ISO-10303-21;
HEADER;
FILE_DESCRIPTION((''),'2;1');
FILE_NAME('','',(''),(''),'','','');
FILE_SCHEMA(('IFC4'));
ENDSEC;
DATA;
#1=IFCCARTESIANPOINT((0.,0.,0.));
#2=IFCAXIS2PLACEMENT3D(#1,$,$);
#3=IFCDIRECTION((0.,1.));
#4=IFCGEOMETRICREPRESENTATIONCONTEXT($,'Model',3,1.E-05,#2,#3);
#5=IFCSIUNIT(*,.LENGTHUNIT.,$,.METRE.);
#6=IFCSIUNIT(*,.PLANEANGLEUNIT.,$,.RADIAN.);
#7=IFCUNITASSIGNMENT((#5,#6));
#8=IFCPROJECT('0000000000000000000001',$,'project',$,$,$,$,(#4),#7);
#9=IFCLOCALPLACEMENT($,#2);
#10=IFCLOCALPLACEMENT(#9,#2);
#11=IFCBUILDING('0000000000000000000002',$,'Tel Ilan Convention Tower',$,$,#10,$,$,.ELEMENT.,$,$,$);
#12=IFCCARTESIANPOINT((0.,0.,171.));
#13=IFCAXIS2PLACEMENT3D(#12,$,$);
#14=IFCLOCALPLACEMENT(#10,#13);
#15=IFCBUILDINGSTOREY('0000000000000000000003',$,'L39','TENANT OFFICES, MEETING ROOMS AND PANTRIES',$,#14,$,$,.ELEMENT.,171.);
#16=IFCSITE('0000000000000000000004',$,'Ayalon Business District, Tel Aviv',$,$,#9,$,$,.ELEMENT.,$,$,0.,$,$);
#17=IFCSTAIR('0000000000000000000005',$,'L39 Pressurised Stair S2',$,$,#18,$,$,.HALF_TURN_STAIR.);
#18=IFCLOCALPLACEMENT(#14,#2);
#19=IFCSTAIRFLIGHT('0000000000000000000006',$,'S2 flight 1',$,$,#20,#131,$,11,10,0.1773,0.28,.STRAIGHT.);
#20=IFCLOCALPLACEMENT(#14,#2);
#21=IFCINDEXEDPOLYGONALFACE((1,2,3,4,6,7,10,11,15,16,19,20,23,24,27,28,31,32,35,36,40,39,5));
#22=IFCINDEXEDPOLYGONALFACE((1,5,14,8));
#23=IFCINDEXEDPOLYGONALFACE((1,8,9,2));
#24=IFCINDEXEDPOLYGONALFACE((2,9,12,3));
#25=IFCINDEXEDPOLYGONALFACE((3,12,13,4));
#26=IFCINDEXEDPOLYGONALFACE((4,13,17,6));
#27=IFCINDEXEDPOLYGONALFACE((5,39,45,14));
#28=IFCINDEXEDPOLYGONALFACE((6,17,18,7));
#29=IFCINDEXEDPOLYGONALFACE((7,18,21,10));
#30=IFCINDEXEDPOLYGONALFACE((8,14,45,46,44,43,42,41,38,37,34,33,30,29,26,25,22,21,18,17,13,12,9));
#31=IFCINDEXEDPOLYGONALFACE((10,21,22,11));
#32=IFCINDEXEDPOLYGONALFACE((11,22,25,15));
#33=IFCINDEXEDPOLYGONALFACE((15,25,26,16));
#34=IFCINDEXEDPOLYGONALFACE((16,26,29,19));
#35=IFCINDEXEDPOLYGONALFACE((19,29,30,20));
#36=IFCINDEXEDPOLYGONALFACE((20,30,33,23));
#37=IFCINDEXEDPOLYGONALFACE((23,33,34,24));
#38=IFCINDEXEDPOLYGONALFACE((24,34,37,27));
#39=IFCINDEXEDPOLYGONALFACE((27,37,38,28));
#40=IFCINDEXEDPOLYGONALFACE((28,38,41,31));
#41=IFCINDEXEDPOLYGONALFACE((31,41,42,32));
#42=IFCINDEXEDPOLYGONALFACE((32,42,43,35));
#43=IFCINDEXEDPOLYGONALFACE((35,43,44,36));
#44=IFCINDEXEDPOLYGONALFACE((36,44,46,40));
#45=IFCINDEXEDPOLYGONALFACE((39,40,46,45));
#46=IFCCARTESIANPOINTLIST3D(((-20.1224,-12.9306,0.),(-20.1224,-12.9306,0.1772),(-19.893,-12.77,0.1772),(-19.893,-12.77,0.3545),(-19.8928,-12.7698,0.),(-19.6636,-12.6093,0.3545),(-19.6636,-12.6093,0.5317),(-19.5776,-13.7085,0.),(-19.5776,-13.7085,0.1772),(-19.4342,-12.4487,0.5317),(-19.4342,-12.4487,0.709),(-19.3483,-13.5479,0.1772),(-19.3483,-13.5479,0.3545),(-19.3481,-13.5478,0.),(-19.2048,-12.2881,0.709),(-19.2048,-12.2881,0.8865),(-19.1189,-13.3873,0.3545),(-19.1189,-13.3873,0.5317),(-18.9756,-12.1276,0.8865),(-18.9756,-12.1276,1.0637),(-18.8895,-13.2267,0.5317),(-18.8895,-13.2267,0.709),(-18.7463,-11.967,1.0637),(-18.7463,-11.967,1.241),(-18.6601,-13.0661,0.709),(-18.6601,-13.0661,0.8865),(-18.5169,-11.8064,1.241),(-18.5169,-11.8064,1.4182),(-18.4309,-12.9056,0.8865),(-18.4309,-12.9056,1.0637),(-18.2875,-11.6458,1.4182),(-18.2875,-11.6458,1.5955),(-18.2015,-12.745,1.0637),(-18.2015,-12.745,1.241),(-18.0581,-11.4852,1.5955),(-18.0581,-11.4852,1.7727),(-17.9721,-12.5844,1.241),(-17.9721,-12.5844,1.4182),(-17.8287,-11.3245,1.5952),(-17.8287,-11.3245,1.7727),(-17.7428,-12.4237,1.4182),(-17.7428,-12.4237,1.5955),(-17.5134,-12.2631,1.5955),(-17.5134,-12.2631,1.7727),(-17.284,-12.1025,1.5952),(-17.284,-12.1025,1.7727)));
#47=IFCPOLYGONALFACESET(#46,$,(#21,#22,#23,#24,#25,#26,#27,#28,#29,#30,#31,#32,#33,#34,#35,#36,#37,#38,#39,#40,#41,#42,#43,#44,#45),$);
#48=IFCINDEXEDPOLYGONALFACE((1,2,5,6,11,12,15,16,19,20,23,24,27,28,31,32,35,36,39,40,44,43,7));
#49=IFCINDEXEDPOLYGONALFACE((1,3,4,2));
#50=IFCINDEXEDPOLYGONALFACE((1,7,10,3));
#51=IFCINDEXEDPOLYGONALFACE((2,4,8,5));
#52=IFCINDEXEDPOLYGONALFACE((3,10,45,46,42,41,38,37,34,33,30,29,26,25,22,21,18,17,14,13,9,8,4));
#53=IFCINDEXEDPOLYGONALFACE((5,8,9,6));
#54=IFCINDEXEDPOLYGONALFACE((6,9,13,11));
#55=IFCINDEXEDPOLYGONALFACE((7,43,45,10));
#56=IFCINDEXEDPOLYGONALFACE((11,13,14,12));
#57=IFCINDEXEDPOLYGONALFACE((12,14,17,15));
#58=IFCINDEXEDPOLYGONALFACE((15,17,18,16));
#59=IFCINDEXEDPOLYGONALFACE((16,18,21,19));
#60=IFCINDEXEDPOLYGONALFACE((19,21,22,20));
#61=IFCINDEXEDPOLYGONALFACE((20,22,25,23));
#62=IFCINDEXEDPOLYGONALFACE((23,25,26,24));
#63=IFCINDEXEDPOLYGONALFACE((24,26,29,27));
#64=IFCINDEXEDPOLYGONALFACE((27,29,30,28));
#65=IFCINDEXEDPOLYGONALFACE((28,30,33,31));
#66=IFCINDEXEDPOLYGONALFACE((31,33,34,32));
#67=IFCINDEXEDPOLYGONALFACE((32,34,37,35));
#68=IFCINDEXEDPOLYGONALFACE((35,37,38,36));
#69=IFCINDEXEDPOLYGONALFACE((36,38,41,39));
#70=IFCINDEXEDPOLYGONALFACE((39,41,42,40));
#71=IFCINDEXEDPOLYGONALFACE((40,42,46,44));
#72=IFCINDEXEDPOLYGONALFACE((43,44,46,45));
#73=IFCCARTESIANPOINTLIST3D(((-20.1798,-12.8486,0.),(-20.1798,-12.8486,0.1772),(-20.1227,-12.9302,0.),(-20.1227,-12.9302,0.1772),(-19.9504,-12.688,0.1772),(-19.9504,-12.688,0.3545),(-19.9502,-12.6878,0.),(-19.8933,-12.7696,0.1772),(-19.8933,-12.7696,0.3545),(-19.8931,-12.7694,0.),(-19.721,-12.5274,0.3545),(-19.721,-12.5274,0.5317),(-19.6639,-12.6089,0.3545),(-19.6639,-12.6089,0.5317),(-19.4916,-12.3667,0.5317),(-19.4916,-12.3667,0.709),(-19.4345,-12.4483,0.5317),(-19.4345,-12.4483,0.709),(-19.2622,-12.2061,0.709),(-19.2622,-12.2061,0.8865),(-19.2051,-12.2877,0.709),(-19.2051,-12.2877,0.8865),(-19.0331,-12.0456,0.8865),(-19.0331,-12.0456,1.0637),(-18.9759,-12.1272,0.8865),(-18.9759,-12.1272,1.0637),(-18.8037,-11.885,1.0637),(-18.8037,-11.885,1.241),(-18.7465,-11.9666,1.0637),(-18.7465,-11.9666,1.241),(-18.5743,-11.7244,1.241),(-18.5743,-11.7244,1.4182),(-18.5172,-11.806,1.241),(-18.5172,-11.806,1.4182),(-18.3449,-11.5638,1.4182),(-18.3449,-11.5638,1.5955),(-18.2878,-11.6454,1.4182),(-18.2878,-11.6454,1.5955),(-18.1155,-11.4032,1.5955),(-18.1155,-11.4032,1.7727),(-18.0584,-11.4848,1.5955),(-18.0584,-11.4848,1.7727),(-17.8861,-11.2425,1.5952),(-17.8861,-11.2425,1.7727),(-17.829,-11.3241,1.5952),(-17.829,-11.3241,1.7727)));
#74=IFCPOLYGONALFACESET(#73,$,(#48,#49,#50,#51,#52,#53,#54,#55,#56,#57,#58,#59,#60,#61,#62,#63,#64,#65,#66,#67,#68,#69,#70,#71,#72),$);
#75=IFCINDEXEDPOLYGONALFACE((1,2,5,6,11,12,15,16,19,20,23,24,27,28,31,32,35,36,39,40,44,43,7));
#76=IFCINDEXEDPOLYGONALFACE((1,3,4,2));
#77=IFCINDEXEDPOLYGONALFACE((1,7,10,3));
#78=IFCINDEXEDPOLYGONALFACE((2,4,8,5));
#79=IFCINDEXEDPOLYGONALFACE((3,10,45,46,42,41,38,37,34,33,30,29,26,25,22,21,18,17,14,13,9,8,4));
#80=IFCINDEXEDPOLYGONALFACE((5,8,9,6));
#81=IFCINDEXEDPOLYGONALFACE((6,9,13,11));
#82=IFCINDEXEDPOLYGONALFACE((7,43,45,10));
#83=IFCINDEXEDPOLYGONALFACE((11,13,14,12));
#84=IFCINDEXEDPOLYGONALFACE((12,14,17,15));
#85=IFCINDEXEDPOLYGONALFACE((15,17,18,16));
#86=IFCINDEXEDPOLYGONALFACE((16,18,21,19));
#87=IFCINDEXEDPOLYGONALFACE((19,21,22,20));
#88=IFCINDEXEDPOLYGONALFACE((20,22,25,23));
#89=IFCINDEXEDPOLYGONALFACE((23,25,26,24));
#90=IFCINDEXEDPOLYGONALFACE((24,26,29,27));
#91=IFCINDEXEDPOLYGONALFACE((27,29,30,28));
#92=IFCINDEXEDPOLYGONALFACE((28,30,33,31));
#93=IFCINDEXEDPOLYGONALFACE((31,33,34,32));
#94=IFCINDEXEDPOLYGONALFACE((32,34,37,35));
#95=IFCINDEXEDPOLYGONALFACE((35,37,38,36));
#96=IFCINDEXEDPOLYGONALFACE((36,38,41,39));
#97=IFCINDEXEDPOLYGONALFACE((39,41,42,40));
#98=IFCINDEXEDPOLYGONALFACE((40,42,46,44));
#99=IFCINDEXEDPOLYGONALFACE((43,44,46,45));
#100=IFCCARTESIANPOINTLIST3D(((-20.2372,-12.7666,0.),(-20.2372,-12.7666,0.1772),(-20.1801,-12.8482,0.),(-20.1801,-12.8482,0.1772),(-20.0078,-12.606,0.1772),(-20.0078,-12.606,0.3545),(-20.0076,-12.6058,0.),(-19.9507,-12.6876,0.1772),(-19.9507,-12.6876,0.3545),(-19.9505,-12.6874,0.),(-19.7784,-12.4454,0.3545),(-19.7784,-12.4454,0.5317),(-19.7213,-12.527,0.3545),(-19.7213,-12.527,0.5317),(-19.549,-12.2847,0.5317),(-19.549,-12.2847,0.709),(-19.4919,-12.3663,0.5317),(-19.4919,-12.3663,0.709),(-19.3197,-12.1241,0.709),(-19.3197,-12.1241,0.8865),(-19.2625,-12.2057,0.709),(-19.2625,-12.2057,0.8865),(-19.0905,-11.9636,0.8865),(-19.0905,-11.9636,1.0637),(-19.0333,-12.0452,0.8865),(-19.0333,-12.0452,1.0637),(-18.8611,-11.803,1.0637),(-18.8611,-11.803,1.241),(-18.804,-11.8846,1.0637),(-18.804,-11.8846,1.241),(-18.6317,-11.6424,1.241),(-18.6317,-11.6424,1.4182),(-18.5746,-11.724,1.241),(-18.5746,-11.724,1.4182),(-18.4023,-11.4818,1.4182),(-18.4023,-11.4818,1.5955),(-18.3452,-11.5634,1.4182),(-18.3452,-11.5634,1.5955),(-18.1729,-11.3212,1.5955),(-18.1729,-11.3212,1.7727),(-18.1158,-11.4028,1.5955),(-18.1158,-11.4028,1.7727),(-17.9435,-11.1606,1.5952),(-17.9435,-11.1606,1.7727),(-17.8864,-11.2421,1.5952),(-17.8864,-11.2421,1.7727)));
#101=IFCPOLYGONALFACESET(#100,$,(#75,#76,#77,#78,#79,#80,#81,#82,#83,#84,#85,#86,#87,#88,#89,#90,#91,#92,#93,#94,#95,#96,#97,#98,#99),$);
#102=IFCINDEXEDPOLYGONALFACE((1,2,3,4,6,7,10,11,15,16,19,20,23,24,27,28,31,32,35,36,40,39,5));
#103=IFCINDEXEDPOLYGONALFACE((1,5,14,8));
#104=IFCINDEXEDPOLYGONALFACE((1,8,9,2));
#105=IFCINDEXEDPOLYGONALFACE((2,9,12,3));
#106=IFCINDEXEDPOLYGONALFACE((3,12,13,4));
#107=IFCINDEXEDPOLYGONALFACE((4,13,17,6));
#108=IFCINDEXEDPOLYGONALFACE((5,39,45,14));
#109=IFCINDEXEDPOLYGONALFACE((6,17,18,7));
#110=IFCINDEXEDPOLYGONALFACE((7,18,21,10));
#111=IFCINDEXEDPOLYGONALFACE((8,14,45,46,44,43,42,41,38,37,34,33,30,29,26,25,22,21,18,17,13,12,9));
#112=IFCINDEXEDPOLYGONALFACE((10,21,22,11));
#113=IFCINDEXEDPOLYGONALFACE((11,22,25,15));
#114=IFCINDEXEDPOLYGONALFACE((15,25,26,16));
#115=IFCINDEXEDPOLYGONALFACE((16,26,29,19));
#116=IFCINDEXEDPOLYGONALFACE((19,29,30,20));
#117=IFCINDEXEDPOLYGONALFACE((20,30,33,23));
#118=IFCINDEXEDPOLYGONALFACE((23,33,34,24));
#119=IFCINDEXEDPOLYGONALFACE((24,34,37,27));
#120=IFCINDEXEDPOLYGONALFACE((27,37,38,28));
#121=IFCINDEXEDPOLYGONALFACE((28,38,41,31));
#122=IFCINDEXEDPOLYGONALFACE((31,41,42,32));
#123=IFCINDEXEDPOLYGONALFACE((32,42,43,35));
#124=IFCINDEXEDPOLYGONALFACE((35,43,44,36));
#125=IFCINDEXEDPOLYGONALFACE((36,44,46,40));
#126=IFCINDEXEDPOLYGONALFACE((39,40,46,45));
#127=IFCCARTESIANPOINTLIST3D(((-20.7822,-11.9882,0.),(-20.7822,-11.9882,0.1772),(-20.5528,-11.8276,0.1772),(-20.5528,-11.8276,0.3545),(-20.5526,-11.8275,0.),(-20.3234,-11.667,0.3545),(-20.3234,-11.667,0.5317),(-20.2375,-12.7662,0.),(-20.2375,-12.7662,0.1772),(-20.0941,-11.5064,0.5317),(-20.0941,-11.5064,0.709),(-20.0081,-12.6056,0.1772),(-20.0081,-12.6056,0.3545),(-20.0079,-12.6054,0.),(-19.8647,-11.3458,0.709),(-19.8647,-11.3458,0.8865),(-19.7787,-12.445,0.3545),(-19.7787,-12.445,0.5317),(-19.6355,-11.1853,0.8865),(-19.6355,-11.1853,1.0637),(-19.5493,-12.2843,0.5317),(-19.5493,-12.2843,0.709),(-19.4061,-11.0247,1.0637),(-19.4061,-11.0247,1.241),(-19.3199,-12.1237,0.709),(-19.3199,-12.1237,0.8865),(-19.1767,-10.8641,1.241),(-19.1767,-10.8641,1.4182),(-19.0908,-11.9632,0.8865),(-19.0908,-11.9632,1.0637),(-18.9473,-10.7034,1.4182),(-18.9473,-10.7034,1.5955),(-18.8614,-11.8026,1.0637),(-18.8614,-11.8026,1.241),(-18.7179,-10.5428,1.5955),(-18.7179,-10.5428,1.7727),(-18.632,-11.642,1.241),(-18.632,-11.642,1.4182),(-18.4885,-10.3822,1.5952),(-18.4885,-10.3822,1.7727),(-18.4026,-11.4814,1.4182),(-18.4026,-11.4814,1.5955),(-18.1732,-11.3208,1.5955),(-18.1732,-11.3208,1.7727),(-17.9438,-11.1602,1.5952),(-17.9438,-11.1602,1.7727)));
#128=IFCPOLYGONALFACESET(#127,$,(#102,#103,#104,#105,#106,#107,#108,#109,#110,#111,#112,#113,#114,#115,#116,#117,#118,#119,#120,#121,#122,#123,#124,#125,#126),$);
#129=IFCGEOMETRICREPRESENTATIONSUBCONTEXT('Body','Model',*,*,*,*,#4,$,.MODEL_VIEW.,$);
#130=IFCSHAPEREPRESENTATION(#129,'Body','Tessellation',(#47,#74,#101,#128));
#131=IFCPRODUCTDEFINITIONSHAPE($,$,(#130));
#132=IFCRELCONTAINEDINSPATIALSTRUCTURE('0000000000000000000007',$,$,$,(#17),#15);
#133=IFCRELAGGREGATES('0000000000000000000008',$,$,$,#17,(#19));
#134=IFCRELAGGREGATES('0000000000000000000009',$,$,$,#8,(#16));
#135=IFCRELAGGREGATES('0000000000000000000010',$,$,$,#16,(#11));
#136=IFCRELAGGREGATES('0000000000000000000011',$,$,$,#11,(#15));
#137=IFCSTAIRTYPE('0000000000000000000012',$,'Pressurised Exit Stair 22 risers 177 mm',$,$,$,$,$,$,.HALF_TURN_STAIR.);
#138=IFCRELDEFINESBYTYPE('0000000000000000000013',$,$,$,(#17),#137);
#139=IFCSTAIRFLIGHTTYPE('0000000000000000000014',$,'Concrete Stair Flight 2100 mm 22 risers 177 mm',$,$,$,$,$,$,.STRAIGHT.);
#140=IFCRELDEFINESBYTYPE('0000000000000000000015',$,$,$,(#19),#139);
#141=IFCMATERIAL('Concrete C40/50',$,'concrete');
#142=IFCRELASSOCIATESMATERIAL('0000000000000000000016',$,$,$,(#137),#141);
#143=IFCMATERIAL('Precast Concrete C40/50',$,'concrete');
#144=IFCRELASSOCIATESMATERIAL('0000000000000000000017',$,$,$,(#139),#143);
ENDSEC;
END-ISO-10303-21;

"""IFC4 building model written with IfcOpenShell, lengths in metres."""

from ifc_helpers import new_model, si_unit, direction, frame, origin, place, context, subcontext, project, spatial, polyline, outline, extrude, material, type_object, element, aggregate, save


model = new_model("IFC4")

# Units and contexts
model_context = context("Model", 3, precision=1e-05, world=origin(), true_north=direction((0.0, 1.0)))
body_context = subcontext(model_context, "Body", "Model", "MODEL_VIEW")
ifc_project = project(units=[si_unit("LENGTHUNIT", "METRE"), si_unit("PLANEANGLEUNIT", "RADIAN")], contexts=[model_context])

# Site, building, storey
site_placement = place(None, origin())
site = spatial("IfcSite", under=ifc_project, at=site_placement, Name="Ayalon Business District, Tel Aviv", CompositionType="ELEMENT", RefElevation=0.0)
building_placement = place(site_placement, origin())
building = spatial("IfcBuilding", under=site, at=building_placement, Name="Tel Ilan Convention Tower", CompositionType="ELEMENT")
storey_placement = place(building_placement, frame((0.0, 0.0, 171.0)))
storey = spatial("IfcBuildingStorey", under=building, at=storey_placement, Name="L39", Description="TENANT OFFICES, MEETING ROOMS AND PANTRIES", CompositionType="ELEMENT", Elevation=171.0)

# Stair, stair flight
ifc_material_1 = material(Name="Concrete C40/50", Category="concrete")
stair_type = type_object("IfcStairType", Name="Pressurised Exit Stair 22 risers 177 mm", PredefinedType="HALF_TURN_STAIR", material=ifc_material_1)
ifc_material_2 = material(Name="Precast Concrete C40/50", Category="concrete")
stair_flight_type = type_object("IfcStairFlightType", Name="Concrete Stair Flight 2100 mm 22 risers 177 mm", PredefinedType="STRAIGHT", material=ifc_material_2)
stair_1_placement = place(storey_placement, origin())
stair_1 = element("IfcStair", 1, at=stair_1_placement, inside=storey, type_object=stair_type, Name="L39 Pressurised Stair S2", PredefinedType="HALF_TURN_STAIR")
stair_flight_1_placement = place(storey_placement, frame((-20.1799, -12.8484, 0.0), z_axis=(0.0, 0.0, 1.0), x_axis=(0.819152, 0.573576, 0.0)))
stair_flight_1 = element("IfcStairFlight", 2, at=stair_flight_1_placement, type_object=stair_flight_type, Name="S2 flight 1", NumberOfRisers=11, NumberOfTreads=10, PredefinedType="STRAIGHT", RiserHeight=0.1773, TreadLength=0.28, context=body_context, shape_type="SweptSolid", body=[
    extrude(outline(polyline([(0.0, 0.0), (0.0, 0.1772), (0.28, 0.1772), (0.28, 0.3545), (0.5601, 0.3545), (0.5601, 0.5317), (0.8401, 0.5317), (0.8401, 0.709), (1.1201, 0.709), (1.1201, 0.8865), (1.3999, 0.8865), (1.3999, 1.0637), (1.6799, 1.0637), (1.6799, 1.241), (1.96, 1.241), (1.96, 1.4182), (2.24, 1.4182), (2.24, 1.5955), (2.52, 1.5955), (2.52, 1.7727), (2.8, 1.7727), (2.8, 1.95), (2.8, 1.5952), (0.2803, 0.0), (0.0, 0.0)])), frame((0.0, -0.1003, 0.0), z_axis=(0.0, -1.0, 0.0), x_axis=(1.0, 0.0, 0.0)), (0.0, 0.0, 1.0), 0.9497),
    extrude(outline(polyline([(0.0, 0.0), (0.0, 0.1772), (0.28, 0.1772), (0.28, 0.3545), (0.5601, 0.3545), (0.5601, 0.5317), (0.8401, 0.5317), (0.8401, 0.709), (1.1201, 0.709), (1.1201, 0.8865), (1.3999, 0.8865), (1.3999, 1.0637), (1.6799, 1.0637), (1.6799, 1.241), (1.96, 1.241), (1.96, 1.4182), (2.24, 1.4182), (2.24, 1.5955), (2.52, 1.5955), (2.52, 1.7727), (2.8, 1.7727), (2.8, 1.95), (2.8, 1.5952), (0.2803, 0.0), (0.0, 0.0)])), frame((0.0, -0.0002, 0.0), z_axis=(0.0, -1.0, 0.0), x_axis=(1.0, 0.0, 0.0)), (0.0, 0.0, 1.0), 0.0996),
    extrude(outline(polyline([(0.0, 0.0), (0.0, 0.1772), (0.28, 0.1772), (0.28, 0.3545), (0.5601, 0.3545), (0.5601, 0.5317), (0.8401, 0.5317), (0.8401, 0.709), (1.1201, 0.709), (1.1201, 0.8865), (1.3999, 0.8865), (1.3999, 1.0637), (1.6799, 1.0637), (1.6799, 1.241), (1.96, 1.241), (1.96, 1.4182), (2.24, 1.4182), (2.24, 1.5955), (2.52, 1.5955), (2.52, 1.7727), (2.8, 1.7727), (2.8, 1.95), (2.8, 1.5952), (0.2803, 0.0), (0.0, 0.0)])), frame((0.0, 0.0999, 0.0), z_axis=(0.0, -1.0, 0.0), x_axis=(1.0, 0.0, 0.0)), (0.0, 0.0, 1.0), 0.0996),
    extrude(outline(polyline([(0.0, 0.0), (0.0, 0.1772), (0.28, 0.1772), (0.28, 0.3545), (0.5601, 0.3545), (0.5601, 0.5317), (0.8401, 0.5317), (0.8401, 0.709), (1.1201, 0.709), (1.1201, 0.8865), (1.3999, 0.8865), (1.3999, 1.0637), (1.6799, 1.0637), (1.6799, 1.241), (1.96, 1.241), (1.96, 1.4182), (2.24, 1.4182), (2.24, 1.5955), (2.52, 1.5955), (2.52, 1.7727), (2.8, 1.7727), (2.8, 1.95), (2.8, 1.5952), (0.2803, 0.0), (0.0, 0.0)])), frame((0.0, 1.05, 0.0), z_axis=(0.0, -1.0, 0.0), x_axis=(1.0, 0.0, 0.0)), (0.0, 0.0, 1.0), 0.9497),
])
aggregate(stair_1, [stair_flight_1])

save(model, "model.ifc")
